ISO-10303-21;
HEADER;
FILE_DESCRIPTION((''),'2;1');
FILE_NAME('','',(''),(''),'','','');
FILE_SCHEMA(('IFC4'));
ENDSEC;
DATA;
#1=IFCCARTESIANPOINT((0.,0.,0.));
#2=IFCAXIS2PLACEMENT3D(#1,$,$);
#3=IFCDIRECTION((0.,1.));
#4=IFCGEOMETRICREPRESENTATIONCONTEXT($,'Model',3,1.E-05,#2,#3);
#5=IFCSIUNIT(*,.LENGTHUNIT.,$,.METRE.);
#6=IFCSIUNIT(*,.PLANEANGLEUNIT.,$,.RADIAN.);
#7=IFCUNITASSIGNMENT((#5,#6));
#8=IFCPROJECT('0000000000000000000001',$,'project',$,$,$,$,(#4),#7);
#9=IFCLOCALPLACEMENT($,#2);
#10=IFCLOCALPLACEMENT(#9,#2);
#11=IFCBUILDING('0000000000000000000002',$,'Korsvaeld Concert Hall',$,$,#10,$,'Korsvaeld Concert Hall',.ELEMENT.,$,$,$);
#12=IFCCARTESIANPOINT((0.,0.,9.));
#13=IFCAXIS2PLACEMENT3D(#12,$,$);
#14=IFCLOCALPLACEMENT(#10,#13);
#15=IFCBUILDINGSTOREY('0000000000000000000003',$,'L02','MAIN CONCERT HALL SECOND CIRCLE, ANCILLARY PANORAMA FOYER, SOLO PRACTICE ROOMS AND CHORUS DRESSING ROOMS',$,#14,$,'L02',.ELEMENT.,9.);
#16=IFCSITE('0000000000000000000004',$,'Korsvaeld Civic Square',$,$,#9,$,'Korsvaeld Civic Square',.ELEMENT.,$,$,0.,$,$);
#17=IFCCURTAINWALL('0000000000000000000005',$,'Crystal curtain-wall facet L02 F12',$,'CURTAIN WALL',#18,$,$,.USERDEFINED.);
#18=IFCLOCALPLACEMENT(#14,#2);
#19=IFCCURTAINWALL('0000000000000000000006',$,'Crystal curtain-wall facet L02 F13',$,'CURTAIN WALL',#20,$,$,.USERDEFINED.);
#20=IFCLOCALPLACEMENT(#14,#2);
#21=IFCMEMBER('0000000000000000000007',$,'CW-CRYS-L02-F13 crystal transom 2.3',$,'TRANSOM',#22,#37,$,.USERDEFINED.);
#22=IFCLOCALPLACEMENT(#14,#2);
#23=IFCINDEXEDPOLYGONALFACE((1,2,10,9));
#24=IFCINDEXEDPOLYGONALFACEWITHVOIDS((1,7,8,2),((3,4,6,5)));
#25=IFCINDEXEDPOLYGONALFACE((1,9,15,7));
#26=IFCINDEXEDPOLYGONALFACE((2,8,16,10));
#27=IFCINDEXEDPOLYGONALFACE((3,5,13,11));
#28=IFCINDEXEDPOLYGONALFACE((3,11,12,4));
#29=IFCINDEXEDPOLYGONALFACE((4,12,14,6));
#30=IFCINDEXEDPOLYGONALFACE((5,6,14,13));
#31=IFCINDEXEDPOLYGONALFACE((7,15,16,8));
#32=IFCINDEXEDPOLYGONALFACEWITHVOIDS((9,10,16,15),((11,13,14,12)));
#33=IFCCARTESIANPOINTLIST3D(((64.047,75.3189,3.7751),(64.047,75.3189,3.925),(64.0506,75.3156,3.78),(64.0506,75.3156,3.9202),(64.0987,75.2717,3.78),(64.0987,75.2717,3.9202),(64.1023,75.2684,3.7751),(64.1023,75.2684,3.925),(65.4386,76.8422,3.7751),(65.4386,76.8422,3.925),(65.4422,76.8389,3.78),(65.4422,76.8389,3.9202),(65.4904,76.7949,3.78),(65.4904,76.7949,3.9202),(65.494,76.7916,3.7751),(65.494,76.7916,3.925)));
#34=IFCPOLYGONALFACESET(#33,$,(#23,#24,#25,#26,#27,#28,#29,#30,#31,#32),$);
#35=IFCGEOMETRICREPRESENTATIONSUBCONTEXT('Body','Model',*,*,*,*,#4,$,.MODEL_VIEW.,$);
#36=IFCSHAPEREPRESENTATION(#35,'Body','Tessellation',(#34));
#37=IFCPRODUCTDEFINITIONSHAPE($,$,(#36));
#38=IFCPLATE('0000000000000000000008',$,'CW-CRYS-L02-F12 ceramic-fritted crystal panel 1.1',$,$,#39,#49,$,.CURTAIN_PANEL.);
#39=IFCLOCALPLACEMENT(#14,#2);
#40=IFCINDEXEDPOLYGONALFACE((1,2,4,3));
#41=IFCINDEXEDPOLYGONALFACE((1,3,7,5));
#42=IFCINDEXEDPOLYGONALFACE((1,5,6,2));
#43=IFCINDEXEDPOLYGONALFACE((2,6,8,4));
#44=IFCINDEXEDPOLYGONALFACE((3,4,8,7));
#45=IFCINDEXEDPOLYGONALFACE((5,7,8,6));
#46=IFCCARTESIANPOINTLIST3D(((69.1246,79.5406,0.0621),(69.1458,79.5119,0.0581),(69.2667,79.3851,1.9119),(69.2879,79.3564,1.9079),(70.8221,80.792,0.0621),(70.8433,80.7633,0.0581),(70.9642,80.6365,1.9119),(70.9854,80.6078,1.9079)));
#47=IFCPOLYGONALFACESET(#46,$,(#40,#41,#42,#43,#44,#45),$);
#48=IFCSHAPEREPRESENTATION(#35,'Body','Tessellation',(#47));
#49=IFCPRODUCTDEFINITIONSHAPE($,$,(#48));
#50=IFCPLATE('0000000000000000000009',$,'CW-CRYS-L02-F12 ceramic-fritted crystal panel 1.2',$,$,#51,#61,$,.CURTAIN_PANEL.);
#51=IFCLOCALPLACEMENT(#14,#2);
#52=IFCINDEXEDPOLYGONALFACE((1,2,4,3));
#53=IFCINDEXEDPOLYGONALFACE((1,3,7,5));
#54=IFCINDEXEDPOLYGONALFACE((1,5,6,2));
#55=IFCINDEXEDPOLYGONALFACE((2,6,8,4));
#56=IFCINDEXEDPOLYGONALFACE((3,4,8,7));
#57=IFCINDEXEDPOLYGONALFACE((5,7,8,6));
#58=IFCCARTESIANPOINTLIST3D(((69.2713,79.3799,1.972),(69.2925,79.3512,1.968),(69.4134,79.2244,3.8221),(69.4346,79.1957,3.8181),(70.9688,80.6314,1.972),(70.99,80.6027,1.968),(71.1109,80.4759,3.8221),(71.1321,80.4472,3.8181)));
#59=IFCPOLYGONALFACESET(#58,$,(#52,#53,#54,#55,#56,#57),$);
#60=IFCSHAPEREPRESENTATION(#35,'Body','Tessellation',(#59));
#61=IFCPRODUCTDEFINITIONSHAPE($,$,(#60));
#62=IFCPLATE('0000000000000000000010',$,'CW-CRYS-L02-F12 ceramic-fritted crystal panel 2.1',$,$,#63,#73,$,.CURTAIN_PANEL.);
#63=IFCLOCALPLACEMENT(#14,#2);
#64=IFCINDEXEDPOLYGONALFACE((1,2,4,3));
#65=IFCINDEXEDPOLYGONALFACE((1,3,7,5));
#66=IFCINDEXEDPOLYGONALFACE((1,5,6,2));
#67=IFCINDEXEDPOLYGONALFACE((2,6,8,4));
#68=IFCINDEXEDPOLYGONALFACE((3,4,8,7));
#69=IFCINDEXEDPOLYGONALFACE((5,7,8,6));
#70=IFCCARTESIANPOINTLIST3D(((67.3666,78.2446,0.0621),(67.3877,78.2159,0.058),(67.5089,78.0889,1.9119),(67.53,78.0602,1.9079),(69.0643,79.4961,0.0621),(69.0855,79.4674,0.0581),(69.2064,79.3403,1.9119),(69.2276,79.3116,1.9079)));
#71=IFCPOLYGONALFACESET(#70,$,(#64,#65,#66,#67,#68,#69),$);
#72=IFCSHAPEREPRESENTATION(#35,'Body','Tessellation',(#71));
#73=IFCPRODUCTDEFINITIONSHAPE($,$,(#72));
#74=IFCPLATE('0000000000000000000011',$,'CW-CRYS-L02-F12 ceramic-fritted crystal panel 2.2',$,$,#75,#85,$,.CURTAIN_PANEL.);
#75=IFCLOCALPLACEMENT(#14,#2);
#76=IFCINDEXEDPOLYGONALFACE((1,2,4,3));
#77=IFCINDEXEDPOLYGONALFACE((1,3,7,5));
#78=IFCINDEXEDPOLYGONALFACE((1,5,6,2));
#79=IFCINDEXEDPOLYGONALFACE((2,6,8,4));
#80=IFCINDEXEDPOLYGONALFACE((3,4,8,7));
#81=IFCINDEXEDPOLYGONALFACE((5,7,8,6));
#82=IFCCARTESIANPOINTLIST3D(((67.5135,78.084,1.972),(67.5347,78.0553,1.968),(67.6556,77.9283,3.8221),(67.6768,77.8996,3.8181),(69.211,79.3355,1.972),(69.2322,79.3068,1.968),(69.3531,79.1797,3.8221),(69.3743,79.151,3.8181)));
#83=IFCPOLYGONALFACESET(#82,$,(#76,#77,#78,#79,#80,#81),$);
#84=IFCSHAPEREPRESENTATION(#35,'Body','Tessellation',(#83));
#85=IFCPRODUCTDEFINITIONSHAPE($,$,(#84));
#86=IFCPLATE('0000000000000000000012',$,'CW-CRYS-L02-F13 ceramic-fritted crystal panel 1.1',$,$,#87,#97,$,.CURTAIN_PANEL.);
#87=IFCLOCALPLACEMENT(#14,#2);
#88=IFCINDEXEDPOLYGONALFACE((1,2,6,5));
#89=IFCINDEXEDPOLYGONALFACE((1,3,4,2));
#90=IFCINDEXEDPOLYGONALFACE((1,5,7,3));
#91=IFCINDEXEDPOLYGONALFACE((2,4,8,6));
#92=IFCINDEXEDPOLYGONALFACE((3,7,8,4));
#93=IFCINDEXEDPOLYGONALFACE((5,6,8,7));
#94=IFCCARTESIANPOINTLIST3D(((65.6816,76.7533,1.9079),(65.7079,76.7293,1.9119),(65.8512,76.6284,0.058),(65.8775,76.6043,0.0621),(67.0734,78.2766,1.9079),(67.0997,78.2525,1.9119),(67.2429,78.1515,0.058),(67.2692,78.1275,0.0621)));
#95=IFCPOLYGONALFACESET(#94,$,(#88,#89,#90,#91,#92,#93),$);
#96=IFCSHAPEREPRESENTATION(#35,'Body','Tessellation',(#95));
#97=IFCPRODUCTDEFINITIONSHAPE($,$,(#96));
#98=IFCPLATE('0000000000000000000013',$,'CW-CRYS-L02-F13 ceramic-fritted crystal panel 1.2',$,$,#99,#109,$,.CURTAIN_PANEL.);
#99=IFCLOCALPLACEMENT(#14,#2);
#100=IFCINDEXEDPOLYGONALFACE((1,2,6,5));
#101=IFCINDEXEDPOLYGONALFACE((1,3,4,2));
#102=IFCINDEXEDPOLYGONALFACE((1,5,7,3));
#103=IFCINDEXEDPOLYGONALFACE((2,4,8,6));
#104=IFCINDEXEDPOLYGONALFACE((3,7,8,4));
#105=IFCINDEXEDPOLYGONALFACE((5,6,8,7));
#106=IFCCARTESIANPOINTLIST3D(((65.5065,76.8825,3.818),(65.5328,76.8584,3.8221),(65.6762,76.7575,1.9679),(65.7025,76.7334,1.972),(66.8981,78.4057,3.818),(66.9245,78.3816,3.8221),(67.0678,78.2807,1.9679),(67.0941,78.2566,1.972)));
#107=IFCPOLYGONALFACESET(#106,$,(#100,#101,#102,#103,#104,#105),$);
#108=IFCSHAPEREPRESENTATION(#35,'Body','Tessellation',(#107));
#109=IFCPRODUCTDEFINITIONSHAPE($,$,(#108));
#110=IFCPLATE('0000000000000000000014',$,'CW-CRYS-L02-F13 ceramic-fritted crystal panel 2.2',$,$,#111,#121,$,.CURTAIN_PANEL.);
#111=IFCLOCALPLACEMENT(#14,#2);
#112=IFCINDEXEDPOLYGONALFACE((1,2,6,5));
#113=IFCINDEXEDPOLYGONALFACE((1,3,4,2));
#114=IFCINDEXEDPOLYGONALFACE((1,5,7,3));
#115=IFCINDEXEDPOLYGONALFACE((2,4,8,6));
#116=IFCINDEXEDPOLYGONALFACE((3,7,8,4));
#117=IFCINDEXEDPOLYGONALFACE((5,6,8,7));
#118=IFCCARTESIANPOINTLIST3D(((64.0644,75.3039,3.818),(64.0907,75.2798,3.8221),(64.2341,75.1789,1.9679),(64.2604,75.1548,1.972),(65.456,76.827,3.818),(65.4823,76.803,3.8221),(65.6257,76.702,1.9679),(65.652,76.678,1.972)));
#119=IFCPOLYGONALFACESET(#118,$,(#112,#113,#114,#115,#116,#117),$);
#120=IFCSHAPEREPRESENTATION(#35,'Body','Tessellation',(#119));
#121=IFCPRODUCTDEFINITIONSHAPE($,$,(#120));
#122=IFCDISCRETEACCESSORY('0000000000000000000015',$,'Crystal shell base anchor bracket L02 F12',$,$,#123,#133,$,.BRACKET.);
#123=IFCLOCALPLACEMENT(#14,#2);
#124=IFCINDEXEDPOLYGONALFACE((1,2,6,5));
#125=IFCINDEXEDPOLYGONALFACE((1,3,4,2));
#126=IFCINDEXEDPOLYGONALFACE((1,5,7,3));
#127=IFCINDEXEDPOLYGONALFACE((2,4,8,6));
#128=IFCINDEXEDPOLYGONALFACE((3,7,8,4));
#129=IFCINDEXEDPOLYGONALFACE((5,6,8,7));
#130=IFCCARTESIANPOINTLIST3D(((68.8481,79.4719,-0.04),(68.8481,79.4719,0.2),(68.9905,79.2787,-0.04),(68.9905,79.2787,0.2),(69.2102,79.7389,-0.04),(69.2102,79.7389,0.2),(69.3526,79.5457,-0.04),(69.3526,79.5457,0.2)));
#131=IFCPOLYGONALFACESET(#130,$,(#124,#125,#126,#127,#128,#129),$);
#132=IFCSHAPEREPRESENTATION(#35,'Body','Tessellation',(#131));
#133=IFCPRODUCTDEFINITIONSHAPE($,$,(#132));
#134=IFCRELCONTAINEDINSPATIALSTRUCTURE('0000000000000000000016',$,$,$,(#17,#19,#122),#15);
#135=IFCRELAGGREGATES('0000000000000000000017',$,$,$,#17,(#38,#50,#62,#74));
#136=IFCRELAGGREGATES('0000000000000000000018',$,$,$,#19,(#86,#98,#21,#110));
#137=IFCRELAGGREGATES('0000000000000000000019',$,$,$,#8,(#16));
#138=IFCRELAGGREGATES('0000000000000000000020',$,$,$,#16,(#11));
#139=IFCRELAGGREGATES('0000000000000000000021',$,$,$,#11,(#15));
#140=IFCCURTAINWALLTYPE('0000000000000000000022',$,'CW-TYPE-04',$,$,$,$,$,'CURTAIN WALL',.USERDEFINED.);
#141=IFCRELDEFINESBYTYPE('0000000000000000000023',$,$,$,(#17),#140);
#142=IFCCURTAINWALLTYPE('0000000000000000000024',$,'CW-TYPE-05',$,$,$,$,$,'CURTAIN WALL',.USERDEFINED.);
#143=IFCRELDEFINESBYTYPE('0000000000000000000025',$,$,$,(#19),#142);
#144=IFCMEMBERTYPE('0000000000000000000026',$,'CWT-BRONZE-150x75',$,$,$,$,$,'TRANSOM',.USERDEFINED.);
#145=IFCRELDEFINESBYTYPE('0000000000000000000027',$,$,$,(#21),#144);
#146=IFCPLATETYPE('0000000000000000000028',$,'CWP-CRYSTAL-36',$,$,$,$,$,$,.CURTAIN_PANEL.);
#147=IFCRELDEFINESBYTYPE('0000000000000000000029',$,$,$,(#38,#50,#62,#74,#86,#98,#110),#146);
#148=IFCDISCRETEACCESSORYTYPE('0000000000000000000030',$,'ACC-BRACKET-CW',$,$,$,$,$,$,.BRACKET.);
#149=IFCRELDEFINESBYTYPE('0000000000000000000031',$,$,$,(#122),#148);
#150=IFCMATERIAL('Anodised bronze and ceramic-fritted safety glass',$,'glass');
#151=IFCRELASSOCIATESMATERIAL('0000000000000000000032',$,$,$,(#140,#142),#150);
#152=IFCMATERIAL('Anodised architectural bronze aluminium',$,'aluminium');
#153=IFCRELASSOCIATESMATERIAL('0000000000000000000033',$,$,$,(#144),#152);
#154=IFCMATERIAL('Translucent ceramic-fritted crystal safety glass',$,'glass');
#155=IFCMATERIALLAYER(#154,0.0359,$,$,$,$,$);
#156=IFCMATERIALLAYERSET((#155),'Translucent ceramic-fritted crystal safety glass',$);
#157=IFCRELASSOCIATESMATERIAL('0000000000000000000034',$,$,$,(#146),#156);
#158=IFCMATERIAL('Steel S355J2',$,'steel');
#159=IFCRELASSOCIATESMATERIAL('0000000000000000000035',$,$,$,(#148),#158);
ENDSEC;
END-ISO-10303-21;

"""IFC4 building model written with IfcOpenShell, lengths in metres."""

from ifc_helpers import new_model, si_unit, direction, frame, origin, origin_2d, place, context, subcontext, project, spatial, polyline, rectangle, hollow_rectangle, outline, extrude, material, layer, layer_set, material_profile, profile_set, type_object, element, aggregate, save


model = new_model("IFC4")

# Units and contexts
model_context = context("Model", 3, precision=1e-05, world=origin(), true_north=direction((0.0, 1.0)))
body_context = subcontext(model_context, "Body", "Model", "MODEL_VIEW")
ifc_project = project(units=[si_unit("LENGTHUNIT", "METRE"), si_unit("PLANEANGLEUNIT", "RADIAN")], contexts=[model_context])

# Site, building, storey
site_placement = place(None, origin())
site = spatial("IfcSite", under=ifc_project, at=site_placement, Name="Korsvaeld Civic Square", LongName="Korsvaeld Civic Square", CompositionType="ELEMENT", RefElevation=0.0)
building_placement = place(site_placement, origin())
building = spatial("IfcBuilding", under=site, at=building_placement, Name="Korsvaeld Concert Hall", LongName="Korsvaeld Concert Hall", CompositionType="ELEMENT")
storey_placement = place(building_placement, frame((0.0, 0.0, 9.0)))
storey = spatial("IfcBuildingStorey", under=building, at=storey_placement, Name="L02", Description="MAIN CONCERT HALL SECOND CIRCLE, ANCILLARY PANORAMA FOYER, SOLO PRACTICE ROOMS AND CHORUS DRESSING ROOMS", LongName="L02", CompositionType="ELEMENT", Elevation=9.0)

# Curtain wall
ifc_material_1 = material(Name="Anodised bronze and ceramic-fritted safety glass", Category="glass")
curtain_wall_type_1 = type_object("IfcCurtainWallType", Name="CW-TYPE-04", ElementType="CURTAIN WALL", PredefinedType="USERDEFINED", material=ifc_material_1)
curtain_wall_1_placement = place(storey_placement, origin())
curtain_wall_1 = element("IfcCurtainWall", 1, at=curtain_wall_1_placement, inside=storey, type_object=curtain_wall_type_1, Name="Crystal curtain-wall facet L02 F12", ObjectType="CURTAIN WALL", PredefinedType="USERDEFINED")
ifc_material_2 = material(Name="Anodised architectural bronze aluminium", Category="aluminium")

# Curtain wall
curtain_wall_type_2 = type_object("IfcCurtainWallType", Name="CW-TYPE-05", ElementType="CURTAIN WALL", PredefinedType="USERDEFINED", material=ifc_material_1)
curtain_wall_2_placement = place(storey_placement, origin())
curtain_wall_2 = element("IfcCurtainWall", 2, at=curtain_wall_2_placement, inside=storey, type_object=curtain_wall_type_2, Name="Crystal curtain-wall facet L02 F13", ObjectType="CURTAIN WALL", PredefinedType="USERDEFINED")

# Member
ifc_material_profile_1 = material_profile(ifc_material_2, hollow_rectangle(XDim=0.075, YDim=0.1499, WallThickness=0.0049, at=origin_2d()), Name="CWT 150x75x5")
ifc_profile_set_1 = profile_set([ifc_material_profile_1], Name="Anodised architectural bronze aluminium")
member_type_1 = type_object("IfcMemberType", Name="CWT-BRONZE-150x75", ElementType="TRANSOM", PredefinedType="USERDEFINED", material=ifc_profile_set_1)
member_1_placement = place(storey_placement, frame((65.4663, 76.8169, 3.8501), z_axis=(-0.674497, -0.738278, 0.0), x_axis=(0.738278, -0.674497, 0.0)))
member_1 = element("IfcMember", 3, at=member_1_placement, type_object=member_type_1, Name="CW-CRYS-L02-F13 crystal transom 2.3", ObjectType="TRANSOM", PredefinedType="USERDEFINED", context=body_context, shape_type="SweptSolid", body=[
    extrude(hollow_rectangle(XDim=0.075, YDim=0.1499, WallThickness=0.0049, at=origin_2d()), origin(), (0.0, 0.0, 1.0), 2.0632),
])

# Plates
ifc_material_3 = material(Name="Translucent ceramic-fritted crystal safety glass", Category="glass")
ifc_layer = layer(ifc_material_3, 0.0359)
ifc_layer_set = layer_set([ifc_layer], Name="Translucent ceramic-fritted crystal safety glass")
plate_type = type_object("IfcPlateType", Name="CWP-CRYSTAL-36", PredefinedType="CURTAIN_PANEL", material=ifc_layer_set)
plate_1_placement = place(storey_placement, frame((70.8328, 80.7776, 0.0601), z_axis=(-0.589635, 0.799792, 0.112529), x_axis=(-0.804905, -0.593404, 0.0)))
plate_1 = element("IfcPlate", 4, at=plate_1_placement, type_object=plate_type, Name="CW-CRYS-L02-F12 ceramic-fritted crystal panel 1.1", PredefinedType="CURTAIN_PANEL", context=body_context, shape_type="SweptSolid", body=[
    extrude(outline(polyline([(0.0, 0.0), (2.109, 0.0), (2.0869, 1.8617), (-0.0221, 1.8617), (0.0, 0.0)])), frame((0.0, 0.0, 0.0181)), (0.0, 0.0, -1.0), 0.0359),
])
plate_2_placement = place(storey_placement, frame((70.9795, 80.6169, 1.97), z_axis=(-0.589636, 0.799793, 0.112515), x_axis=(-0.804905, -0.593404, 0.0)))
plate_2 = element("IfcPlate", 5, at=plate_2_placement, type_object=plate_type, Name="CW-CRYS-L02-F12 ceramic-fritted crystal panel 1.2", PredefinedType="CURTAIN_PANEL", context=body_context, shape_type="SweptSolid", body=[
    extrude(outline(polyline([(0.0, 0.0), (2.109, 0.0), (2.0869, 1.8619), (-0.0221, 1.8619), (0.0, 0.0)])), frame((0.0, 0.0, 0.0181)), (0.0, 0.0, -1.0), 0.0359),
])
plate_3_placement = place(storey_placement, frame((69.075, 79.4817, 0.0601), z_axis=(-0.589598, 0.799799, 0.112672), x_axis=(-0.804925, -0.593376, -0.000004)))
plate_3 = element("IfcPlate", 6, at=plate_3_placement, type_object=plate_type, Name="CW-CRYS-L02-F12 ceramic-fritted crystal panel 2.1", PredefinedType="CURTAIN_PANEL", context=body_context, shape_type="SweptSolid", body=[
    extrude(outline(polyline([(0.0, 0.0), (2.1092, 0.0), (2.087, 1.8617), (-0.022, 1.8617), (0.0, 0.0)])), frame((0.0, 0.0, 0.0181)), (0.0, 0.0, -1.0), 0.0359),
])
plate_4_placement = place(storey_placement, frame((69.2217, 79.321, 1.97), z_axis=(-0.589629, 0.799784, 0.112619), x_axis=(-0.804905, -0.593404, 0.0)))
plate_4 = element("IfcPlate", 7, at=plate_4_placement, type_object=plate_type, Name="CW-CRYS-L02-F12 ceramic-fritted crystal panel 2.2", PredefinedType="CURTAIN_PANEL", context=body_context, shape_type="SweptSolid", body=[
    extrude(outline(polyline([(0.0, 0.0), (2.109, 0.0), (2.087, 1.8619), (-0.0219, 1.8619), (0.0, 0.0)])), frame((0.0, 0.0, 0.0181)), (0.0, 0.0, -1.0), 0.0359),
])
aggregate(curtain_wall_1, [plate_1, plate_2, plate_3, plate_4])
plate_5_placement = place(storey_placement, frame((67.2561, 78.1394, 0.0601), z_axis=(-0.73356, 0.670245, -0.112528), x_axis=(-0.674528, -0.738249, -0.000005)))
plate_5 = element("IfcPlate", 8, at=plate_5_placement, type_object=plate_type, Name="CW-CRYS-L02-F13 ceramic-fritted crystal panel 1.1", PredefinedType="CURTAIN_PANEL", context=body_context, shape_type="SweptSolid", body=[
    extrude(outline(polyline([(0.0, 0.0), (2.0632, 0.0), (2.0853, 1.8617), (0.022, 1.8617), (0.0, 0.0)])), frame((0.0, 0.0, 0.0181)), (0.0, 0.0, -1.0), 0.0359),
])
plate_6_placement = place(storey_placement, frame((67.0811, 78.2686, 1.97), z_axis=(-0.733586, 0.67021, -0.112561), x_axis=(-0.674497, -0.738278, 0.0)))
plate_6 = element("IfcPlate", 9, at=plate_6_placement, type_object=plate_type, Name="CW-CRYS-L02-F13 ceramic-fritted crystal panel 1.2", PredefinedType="CURTAIN_PANEL", context=body_context, shape_type="SweptSolid", body=[
    extrude(outline(polyline([(0.0, 0.0), (2.0632, 0.0), (2.0853, 1.8619), (0.0222, 1.8619), (0.0, 0.0)])), frame((0.0, 0.0, 0.0181)), (0.0, 0.0, -1.0), 0.0359),
])
plate_7_placement = place(storey_placement, frame((65.6389, 76.6899, 1.97), z_axis=(-0.733586, 0.67021, -0.112561), x_axis=(-0.674497, -0.738278, 0.0)))
plate_7 = element("IfcPlate", 10, at=plate_7_placement, type_object=plate_type, Name="CW-CRYS-L02-F13 ceramic-fritted crystal panel 2.2", PredefinedType="CURTAIN_PANEL", context=body_context, shape_type="SweptSolid", body=[
    extrude(outline(polyline([(0.0, 0.0), (2.0632, 0.0), (2.0853, 1.8619), (0.0222, 1.8619), (0.0, 0.0)])), frame((0.0, 0.0, 0.0181)), (0.0, 0.0, -1.0), 0.0359),
])
aggregate(curtain_wall_2, [plate_5, plate_6, member_1, plate_7])

# Discrete accessory
ifc_material_4 = material(Name="Steel S355J2", Category="steel")
discrete_accessory_type = type_object("IfcDiscreteAccessoryType", Name="ACC-BRACKET-CW", PredefinedType="BRACKET", material=ifc_material_4)
discrete_accessory_placement = place(storey_placement, frame((69.1003, 79.5088, -0.04), z_axis=(0.0, 0.0, 1.0), x_axis=(-0.804894, -0.593419, 0.0)))
element("IfcDiscreteAccessory", 11, at=discrete_accessory_placement, inside=storey, type_object=discrete_accessory_type, Name="Crystal shell base anchor bracket L02 F12", PredefinedType="BRACKET", context=body_context, shape_type="SweptSolid", body=[
    extrude(rectangle(XDim=0.45, YDim=0.24, at=origin_2d()), origin(), (0.0, 0.0, 1.0), 0.24),
])

save(model, "model.ifc")
